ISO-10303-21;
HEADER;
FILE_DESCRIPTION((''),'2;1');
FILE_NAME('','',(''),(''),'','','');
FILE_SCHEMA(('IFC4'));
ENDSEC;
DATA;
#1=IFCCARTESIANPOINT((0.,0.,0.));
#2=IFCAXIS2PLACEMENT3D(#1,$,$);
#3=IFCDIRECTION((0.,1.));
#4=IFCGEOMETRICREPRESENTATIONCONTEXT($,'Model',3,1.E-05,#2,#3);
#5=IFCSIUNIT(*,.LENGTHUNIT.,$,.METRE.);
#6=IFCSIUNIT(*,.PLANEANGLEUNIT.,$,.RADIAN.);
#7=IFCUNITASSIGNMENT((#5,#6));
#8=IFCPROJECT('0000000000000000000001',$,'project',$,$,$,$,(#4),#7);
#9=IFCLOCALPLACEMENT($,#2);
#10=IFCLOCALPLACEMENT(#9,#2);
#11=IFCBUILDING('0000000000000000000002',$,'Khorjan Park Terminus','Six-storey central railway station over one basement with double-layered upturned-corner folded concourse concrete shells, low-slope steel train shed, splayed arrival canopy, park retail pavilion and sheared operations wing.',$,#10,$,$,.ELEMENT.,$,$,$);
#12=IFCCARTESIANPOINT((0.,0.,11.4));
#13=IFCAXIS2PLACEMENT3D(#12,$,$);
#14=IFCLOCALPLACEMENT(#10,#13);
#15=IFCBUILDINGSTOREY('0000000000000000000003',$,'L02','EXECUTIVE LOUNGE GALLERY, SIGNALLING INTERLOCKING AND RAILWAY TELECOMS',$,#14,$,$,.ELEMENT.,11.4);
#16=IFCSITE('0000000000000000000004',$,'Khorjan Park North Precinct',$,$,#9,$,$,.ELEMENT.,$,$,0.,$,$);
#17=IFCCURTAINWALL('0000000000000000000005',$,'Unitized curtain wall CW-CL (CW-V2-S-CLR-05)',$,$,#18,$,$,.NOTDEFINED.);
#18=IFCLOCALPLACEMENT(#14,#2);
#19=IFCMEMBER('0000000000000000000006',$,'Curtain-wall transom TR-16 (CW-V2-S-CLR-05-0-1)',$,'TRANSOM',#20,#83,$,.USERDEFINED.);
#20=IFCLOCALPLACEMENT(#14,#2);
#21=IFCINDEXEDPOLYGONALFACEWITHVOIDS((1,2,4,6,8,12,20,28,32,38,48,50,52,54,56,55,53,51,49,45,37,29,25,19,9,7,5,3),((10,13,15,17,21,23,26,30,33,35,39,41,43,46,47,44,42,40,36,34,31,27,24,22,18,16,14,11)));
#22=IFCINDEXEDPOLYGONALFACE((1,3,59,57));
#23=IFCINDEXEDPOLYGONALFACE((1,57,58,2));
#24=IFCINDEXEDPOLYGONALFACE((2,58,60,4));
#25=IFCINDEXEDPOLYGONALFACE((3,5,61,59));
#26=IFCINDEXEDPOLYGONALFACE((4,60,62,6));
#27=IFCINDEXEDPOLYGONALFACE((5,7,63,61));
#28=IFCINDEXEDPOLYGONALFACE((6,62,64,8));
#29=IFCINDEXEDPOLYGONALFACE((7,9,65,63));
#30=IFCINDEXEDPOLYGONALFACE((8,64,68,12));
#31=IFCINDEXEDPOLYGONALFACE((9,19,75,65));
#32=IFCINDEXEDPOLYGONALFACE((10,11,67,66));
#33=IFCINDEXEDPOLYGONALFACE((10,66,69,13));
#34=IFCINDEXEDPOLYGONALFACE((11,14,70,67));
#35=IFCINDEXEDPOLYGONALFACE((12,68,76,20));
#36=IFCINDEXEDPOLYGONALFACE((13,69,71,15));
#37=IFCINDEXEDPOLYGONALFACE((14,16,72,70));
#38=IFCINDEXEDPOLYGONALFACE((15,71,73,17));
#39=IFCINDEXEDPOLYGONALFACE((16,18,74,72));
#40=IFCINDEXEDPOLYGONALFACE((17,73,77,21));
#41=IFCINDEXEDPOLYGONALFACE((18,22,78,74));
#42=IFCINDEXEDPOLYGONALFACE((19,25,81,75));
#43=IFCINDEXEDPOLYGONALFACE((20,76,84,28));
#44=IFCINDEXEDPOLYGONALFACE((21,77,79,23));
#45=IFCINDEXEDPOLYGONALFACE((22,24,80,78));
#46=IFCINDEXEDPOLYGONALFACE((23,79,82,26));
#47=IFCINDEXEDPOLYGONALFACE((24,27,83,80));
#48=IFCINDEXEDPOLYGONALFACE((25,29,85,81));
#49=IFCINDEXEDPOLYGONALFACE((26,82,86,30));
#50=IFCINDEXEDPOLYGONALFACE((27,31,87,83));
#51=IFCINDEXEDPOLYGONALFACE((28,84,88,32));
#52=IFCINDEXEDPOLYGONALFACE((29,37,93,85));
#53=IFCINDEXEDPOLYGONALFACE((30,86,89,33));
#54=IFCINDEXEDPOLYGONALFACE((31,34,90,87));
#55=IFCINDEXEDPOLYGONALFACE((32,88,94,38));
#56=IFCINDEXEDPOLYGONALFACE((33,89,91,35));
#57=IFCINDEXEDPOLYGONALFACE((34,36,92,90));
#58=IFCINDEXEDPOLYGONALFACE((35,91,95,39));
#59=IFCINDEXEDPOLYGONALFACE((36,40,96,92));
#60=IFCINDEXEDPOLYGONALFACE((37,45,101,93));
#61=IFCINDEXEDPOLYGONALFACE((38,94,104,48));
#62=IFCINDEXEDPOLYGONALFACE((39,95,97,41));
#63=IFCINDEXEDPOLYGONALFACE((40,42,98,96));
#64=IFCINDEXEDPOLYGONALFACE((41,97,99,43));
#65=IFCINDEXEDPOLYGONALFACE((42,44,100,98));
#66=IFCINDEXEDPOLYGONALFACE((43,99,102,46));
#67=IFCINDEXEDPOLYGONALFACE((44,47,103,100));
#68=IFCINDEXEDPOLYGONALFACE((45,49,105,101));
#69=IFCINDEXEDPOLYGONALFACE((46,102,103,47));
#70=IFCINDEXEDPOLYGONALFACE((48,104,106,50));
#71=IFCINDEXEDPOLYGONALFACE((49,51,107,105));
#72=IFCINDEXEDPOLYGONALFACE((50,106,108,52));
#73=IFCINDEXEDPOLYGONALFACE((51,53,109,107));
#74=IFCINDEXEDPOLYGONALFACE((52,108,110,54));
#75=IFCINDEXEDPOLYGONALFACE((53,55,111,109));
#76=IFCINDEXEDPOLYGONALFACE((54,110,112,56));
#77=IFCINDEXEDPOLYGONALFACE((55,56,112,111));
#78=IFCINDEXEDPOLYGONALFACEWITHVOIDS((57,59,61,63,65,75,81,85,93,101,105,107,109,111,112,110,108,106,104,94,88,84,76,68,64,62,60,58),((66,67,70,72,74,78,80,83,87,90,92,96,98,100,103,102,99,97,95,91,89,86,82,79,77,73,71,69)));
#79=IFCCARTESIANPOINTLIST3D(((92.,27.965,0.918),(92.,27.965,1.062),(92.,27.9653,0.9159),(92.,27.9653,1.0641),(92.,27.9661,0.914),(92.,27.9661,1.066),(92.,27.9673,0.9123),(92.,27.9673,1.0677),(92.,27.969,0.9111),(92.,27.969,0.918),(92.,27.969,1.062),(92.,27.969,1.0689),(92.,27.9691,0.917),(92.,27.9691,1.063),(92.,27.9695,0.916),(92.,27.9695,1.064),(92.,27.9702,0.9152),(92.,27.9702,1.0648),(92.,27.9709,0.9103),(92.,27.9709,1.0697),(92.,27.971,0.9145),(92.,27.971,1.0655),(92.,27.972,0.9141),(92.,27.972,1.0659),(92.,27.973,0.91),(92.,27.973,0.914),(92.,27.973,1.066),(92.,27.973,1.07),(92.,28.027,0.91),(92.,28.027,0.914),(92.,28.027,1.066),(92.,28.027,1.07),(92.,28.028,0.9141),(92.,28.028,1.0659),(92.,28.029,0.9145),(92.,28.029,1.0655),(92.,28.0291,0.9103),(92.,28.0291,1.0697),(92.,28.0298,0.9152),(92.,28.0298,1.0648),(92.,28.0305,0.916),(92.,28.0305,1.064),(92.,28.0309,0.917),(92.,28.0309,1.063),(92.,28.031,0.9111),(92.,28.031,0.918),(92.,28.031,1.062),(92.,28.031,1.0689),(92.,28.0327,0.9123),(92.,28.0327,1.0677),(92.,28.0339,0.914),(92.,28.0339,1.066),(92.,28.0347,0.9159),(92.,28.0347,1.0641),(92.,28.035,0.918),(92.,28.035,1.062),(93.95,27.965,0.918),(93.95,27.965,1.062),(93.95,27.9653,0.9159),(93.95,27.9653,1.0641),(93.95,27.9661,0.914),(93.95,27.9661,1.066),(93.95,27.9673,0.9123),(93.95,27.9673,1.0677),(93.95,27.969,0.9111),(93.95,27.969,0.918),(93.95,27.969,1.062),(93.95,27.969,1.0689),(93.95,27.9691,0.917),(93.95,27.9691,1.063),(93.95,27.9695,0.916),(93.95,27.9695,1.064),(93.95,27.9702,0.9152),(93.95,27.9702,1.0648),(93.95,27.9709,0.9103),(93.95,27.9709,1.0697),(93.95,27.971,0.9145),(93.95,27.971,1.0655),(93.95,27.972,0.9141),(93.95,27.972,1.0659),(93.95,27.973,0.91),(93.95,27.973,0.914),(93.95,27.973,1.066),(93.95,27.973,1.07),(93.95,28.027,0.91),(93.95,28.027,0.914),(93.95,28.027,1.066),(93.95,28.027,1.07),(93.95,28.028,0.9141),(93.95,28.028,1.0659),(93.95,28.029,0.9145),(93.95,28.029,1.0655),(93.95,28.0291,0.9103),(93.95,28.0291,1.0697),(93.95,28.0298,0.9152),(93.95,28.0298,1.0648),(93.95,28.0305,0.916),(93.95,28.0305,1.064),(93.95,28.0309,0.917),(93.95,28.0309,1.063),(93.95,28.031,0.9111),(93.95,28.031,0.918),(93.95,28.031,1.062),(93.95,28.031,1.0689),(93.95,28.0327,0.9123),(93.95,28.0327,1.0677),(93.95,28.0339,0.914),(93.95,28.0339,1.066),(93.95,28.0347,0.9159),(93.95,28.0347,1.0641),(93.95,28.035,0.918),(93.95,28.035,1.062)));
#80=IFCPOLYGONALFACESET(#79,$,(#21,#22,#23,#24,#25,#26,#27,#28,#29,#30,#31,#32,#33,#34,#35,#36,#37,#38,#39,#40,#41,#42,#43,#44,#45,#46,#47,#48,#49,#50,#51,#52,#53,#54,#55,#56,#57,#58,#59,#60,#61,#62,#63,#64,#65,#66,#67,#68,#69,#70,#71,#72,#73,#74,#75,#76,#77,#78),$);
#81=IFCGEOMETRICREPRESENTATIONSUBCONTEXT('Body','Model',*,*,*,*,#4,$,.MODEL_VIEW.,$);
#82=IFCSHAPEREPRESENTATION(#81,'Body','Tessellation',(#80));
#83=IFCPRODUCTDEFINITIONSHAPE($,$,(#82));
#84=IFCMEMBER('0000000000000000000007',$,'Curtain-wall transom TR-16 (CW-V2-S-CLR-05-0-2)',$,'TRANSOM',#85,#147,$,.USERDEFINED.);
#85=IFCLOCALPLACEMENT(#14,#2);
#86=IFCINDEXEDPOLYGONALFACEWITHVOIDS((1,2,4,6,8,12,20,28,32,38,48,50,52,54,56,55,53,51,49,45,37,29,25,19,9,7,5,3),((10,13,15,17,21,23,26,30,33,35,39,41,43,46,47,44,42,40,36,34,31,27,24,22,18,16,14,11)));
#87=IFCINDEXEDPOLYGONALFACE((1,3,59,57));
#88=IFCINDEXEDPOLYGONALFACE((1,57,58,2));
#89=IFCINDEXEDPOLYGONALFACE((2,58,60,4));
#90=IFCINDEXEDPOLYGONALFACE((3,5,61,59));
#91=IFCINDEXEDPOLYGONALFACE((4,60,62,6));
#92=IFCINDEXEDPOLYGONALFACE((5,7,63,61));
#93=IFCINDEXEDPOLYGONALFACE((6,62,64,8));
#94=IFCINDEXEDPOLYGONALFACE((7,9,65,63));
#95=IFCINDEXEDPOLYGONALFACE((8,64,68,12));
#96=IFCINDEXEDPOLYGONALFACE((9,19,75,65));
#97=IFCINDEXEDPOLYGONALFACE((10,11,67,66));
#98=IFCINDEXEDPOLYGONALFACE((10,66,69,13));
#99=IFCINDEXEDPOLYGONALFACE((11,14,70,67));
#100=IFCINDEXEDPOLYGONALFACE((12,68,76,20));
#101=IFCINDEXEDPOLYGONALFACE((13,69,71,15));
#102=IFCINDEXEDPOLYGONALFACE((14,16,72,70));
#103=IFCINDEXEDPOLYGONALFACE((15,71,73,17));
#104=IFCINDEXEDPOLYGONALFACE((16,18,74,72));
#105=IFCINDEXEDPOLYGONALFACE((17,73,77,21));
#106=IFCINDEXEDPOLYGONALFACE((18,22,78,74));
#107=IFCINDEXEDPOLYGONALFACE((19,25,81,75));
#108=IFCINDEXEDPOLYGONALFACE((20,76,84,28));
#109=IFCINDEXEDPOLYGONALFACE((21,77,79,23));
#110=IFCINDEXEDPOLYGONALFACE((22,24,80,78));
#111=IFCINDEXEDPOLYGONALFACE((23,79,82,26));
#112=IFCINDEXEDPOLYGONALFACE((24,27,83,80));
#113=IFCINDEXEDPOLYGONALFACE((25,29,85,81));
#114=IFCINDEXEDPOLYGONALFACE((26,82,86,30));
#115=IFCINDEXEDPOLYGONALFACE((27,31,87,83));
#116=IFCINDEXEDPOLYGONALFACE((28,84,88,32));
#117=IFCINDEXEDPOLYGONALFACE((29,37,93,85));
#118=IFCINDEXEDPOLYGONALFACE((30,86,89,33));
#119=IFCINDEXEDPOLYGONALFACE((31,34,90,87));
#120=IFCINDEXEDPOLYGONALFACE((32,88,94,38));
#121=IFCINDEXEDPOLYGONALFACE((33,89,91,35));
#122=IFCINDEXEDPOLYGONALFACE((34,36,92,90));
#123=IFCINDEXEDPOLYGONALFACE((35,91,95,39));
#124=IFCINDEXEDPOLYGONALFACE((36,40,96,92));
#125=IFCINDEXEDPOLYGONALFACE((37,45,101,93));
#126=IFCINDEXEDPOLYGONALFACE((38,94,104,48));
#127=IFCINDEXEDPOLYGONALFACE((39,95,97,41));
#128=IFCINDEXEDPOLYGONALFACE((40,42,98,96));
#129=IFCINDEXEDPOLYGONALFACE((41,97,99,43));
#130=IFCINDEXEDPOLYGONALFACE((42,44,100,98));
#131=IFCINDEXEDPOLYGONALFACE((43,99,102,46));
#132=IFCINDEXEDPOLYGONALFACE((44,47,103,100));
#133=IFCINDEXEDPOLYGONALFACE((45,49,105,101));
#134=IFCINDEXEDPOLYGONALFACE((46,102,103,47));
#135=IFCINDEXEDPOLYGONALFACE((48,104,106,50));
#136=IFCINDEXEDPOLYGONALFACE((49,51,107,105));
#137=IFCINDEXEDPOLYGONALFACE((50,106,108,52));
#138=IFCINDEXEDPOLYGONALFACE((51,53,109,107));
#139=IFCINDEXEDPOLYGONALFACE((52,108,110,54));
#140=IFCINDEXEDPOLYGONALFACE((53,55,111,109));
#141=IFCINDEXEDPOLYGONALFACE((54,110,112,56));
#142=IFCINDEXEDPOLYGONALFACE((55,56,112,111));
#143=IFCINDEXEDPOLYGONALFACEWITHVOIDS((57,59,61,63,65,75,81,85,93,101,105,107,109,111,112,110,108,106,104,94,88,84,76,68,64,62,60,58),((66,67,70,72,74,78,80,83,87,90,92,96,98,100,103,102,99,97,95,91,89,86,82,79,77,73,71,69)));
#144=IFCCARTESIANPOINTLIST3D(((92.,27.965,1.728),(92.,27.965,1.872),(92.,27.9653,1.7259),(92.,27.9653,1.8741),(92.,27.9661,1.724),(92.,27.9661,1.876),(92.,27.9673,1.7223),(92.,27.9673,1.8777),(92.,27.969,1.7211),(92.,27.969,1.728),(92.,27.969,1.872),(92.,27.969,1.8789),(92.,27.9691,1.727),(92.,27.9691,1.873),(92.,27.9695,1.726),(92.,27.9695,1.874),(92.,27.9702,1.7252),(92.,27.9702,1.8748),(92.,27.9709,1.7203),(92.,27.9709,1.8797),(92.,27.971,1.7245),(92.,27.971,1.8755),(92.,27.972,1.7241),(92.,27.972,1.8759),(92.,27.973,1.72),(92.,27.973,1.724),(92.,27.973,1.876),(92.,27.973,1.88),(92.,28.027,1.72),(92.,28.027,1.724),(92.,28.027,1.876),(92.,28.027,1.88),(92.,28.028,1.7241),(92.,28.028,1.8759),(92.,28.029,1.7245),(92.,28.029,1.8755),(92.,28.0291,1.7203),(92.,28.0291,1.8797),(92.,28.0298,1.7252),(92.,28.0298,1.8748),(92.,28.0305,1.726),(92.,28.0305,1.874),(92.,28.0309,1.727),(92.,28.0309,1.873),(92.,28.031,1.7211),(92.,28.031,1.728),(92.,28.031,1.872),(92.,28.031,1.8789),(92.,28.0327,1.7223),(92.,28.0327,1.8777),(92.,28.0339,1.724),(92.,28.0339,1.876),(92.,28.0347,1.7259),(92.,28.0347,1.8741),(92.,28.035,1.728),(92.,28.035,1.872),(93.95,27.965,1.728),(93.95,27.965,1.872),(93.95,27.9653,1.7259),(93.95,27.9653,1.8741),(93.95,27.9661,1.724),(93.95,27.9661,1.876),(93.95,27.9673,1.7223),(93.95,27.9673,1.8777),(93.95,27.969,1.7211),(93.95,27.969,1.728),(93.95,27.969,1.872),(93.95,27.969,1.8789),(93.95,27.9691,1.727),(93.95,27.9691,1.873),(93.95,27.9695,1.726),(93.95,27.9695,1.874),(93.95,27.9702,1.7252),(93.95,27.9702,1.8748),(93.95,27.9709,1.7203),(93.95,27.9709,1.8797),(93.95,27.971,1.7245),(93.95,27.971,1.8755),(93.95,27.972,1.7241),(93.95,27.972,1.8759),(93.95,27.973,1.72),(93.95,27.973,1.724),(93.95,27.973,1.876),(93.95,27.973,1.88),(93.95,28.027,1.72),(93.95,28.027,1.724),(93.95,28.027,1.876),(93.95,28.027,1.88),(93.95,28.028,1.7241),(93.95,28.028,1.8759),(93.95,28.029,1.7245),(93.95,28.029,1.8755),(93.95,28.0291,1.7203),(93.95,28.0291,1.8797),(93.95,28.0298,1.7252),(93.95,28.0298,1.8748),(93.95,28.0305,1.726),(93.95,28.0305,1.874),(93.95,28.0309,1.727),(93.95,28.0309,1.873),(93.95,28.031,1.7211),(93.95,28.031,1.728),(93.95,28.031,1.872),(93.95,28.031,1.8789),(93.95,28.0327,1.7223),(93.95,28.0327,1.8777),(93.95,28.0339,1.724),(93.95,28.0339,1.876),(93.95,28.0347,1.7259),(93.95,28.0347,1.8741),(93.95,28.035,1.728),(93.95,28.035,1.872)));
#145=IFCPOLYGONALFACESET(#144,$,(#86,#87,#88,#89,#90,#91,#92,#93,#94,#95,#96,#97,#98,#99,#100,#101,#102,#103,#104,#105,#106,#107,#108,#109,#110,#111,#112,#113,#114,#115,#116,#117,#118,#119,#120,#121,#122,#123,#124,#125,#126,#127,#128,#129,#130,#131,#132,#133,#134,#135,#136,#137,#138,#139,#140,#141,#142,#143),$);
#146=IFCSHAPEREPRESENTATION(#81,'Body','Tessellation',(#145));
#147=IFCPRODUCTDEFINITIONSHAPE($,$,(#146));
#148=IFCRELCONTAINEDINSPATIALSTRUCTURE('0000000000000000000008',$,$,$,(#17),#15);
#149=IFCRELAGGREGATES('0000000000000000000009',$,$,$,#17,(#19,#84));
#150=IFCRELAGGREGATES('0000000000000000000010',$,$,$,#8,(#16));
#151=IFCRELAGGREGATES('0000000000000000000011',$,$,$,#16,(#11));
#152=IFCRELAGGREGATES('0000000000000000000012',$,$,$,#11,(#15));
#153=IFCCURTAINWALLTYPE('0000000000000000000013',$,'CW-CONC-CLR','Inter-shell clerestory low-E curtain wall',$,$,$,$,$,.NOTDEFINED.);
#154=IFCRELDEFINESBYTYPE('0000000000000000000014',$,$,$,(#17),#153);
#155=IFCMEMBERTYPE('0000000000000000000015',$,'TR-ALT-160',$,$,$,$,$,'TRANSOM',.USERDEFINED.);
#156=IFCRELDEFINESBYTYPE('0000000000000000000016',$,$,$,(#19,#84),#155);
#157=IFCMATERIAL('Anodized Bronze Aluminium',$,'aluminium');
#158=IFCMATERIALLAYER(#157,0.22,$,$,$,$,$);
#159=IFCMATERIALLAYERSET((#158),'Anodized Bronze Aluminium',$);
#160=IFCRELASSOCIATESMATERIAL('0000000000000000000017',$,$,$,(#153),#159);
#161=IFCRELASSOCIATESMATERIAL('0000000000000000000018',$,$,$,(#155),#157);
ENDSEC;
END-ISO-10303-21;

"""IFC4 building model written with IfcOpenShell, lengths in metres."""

from ifc_helpers import new_model, si_unit, direction, frame, origin, origin_2d, place, context, subcontext, project, spatial, hollow_rectangle, extrude, material, layer, layer_set, material_profile, profile_set, type_object, element, aggregate, save


model = new_model("IFC4")

# Units and contexts
model_context = context("Model", 3, precision=1e-05, world=origin(), true_north=direction((0.0, 1.0)))
body_context = subcontext(model_context, "Body", "Model", "MODEL_VIEW")
ifc_project = project(units=[si_unit("LENGTHUNIT", "METRE"), si_unit("PLANEANGLEUNIT", "RADIAN")], contexts=[model_context])

# Site, building, storey
site_placement = place(None, origin())
site = spatial("IfcSite", under=ifc_project, at=site_placement, Name="Khorjan Park North Precinct", CompositionType="ELEMENT", RefElevation=0.0)
building_placement = place(site_placement, origin())
building = spatial("IfcBuilding", under=site, at=building_placement, Name="Khorjan Park Terminus", Description="Six-storey central railway station over one basement with double-layered upturned-corner folded concourse concrete shells, low-slope steel train shed, splayed arrival canopy, park retail pavilion and sheared operations wing.", CompositionType="ELEMENT")
storey_placement = place(building_placement, frame((0.0, 0.0, 11.4)))
storey = spatial("IfcBuildingStorey", under=building, at=storey_placement, Name="L02", Description="EXECUTIVE LOUNGE GALLERY, SIGNALLING INTERLOCKING AND RAILWAY TELECOMS", CompositionType="ELEMENT", Elevation=11.4)

# Curtain wall
ifc_material_1 = material(Name="Anodized Bronze Aluminium", Category="aluminium")
ifc_layer_1 = layer(ifc_material_1, 0.22)
ifc_layer_set_1 = layer_set([ifc_layer_1], Name="Anodized Bronze Aluminium")
curtain_wall_type = type_object("IfcCurtainWallType", Name="CW-CONC-CLR", Description="Inter-shell clerestory low-E curtain wall", PredefinedType="NOTDEFINED", material=ifc_layer_set_1)
curtain_wall_1_placement = place(storey_placement, origin())
curtain_wall_1 = element("IfcCurtainWall", 1, at=curtain_wall_1_placement, inside=storey, type_object=curtain_wall_type, Name="Unitized curtain wall CW-CL (CW-V2-S-CLR-05)", PredefinedType="NOTDEFINED")

# Members
ifc_material_profile_1 = material_profile(ifc_material_1, hollow_rectangle(XDim=0.07, YDim=0.16, WallThickness=0.004, InnerFilletRadius=0.004, OuterFilletRadius=0.008, at=origin_2d()), Name="ALT 70x160x4")
ifc_profile_set_1 = profile_set([ifc_material_profile_1], Name="Anodized Bronze Aluminium")
member_type_1 = type_object("IfcMemberType", Name="TR-ALT-160", ElementType="TRANSOM", PredefinedType="USERDEFINED", material=ifc_profile_set_1)
member_1_placement = place(storey_placement, frame((92.0, 28.0, 0.99), z_axis=(1.0, 0.0, 0.0), x_axis=(0.0, 1.0, 0.0)))
member_1 = element("IfcMember", 2, at=member_1_placement, type_object=member_type_1, Name="Curtain-wall transom TR-16 (CW-V2-S-CLR-05-0-1)", ObjectType="TRANSOM", PredefinedType="USERDEFINED", context=body_context, shape_type="SweptSolid", body=[
    extrude(hollow_rectangle(XDim=0.07, YDim=0.16, WallThickness=0.004, InnerFilletRadius=0.004, OuterFilletRadius=0.008, at=origin_2d()), origin(), (0.0, 0.0, 1.0), 1.95),
])
member_2_placement = place(storey_placement, frame((92.0, 28.0, 1.8), z_axis=(1.0, 0.0, 0.0), x_axis=(0.0, 1.0, 0.0)))
member_2 = element("IfcMember", 3, at=member_2_placement, type_object=member_type_1, Name="Curtain-wall transom TR-16 (CW-V2-S-CLR-05-0-2)", ObjectType="TRANSOM", PredefinedType="USERDEFINED", context=body_context, shape_type="SweptSolid", body=[
    extrude(hollow_rectangle(XDim=0.07, YDim=0.16, WallThickness=0.004, InnerFilletRadius=0.004, OuterFilletRadius=0.008, at=origin_2d()), origin(), (0.0, 0.0, 1.0), 1.95),
])

aggregate(curtain_wall_1, [member_1, member_2])

save(model, "model.ifc")
